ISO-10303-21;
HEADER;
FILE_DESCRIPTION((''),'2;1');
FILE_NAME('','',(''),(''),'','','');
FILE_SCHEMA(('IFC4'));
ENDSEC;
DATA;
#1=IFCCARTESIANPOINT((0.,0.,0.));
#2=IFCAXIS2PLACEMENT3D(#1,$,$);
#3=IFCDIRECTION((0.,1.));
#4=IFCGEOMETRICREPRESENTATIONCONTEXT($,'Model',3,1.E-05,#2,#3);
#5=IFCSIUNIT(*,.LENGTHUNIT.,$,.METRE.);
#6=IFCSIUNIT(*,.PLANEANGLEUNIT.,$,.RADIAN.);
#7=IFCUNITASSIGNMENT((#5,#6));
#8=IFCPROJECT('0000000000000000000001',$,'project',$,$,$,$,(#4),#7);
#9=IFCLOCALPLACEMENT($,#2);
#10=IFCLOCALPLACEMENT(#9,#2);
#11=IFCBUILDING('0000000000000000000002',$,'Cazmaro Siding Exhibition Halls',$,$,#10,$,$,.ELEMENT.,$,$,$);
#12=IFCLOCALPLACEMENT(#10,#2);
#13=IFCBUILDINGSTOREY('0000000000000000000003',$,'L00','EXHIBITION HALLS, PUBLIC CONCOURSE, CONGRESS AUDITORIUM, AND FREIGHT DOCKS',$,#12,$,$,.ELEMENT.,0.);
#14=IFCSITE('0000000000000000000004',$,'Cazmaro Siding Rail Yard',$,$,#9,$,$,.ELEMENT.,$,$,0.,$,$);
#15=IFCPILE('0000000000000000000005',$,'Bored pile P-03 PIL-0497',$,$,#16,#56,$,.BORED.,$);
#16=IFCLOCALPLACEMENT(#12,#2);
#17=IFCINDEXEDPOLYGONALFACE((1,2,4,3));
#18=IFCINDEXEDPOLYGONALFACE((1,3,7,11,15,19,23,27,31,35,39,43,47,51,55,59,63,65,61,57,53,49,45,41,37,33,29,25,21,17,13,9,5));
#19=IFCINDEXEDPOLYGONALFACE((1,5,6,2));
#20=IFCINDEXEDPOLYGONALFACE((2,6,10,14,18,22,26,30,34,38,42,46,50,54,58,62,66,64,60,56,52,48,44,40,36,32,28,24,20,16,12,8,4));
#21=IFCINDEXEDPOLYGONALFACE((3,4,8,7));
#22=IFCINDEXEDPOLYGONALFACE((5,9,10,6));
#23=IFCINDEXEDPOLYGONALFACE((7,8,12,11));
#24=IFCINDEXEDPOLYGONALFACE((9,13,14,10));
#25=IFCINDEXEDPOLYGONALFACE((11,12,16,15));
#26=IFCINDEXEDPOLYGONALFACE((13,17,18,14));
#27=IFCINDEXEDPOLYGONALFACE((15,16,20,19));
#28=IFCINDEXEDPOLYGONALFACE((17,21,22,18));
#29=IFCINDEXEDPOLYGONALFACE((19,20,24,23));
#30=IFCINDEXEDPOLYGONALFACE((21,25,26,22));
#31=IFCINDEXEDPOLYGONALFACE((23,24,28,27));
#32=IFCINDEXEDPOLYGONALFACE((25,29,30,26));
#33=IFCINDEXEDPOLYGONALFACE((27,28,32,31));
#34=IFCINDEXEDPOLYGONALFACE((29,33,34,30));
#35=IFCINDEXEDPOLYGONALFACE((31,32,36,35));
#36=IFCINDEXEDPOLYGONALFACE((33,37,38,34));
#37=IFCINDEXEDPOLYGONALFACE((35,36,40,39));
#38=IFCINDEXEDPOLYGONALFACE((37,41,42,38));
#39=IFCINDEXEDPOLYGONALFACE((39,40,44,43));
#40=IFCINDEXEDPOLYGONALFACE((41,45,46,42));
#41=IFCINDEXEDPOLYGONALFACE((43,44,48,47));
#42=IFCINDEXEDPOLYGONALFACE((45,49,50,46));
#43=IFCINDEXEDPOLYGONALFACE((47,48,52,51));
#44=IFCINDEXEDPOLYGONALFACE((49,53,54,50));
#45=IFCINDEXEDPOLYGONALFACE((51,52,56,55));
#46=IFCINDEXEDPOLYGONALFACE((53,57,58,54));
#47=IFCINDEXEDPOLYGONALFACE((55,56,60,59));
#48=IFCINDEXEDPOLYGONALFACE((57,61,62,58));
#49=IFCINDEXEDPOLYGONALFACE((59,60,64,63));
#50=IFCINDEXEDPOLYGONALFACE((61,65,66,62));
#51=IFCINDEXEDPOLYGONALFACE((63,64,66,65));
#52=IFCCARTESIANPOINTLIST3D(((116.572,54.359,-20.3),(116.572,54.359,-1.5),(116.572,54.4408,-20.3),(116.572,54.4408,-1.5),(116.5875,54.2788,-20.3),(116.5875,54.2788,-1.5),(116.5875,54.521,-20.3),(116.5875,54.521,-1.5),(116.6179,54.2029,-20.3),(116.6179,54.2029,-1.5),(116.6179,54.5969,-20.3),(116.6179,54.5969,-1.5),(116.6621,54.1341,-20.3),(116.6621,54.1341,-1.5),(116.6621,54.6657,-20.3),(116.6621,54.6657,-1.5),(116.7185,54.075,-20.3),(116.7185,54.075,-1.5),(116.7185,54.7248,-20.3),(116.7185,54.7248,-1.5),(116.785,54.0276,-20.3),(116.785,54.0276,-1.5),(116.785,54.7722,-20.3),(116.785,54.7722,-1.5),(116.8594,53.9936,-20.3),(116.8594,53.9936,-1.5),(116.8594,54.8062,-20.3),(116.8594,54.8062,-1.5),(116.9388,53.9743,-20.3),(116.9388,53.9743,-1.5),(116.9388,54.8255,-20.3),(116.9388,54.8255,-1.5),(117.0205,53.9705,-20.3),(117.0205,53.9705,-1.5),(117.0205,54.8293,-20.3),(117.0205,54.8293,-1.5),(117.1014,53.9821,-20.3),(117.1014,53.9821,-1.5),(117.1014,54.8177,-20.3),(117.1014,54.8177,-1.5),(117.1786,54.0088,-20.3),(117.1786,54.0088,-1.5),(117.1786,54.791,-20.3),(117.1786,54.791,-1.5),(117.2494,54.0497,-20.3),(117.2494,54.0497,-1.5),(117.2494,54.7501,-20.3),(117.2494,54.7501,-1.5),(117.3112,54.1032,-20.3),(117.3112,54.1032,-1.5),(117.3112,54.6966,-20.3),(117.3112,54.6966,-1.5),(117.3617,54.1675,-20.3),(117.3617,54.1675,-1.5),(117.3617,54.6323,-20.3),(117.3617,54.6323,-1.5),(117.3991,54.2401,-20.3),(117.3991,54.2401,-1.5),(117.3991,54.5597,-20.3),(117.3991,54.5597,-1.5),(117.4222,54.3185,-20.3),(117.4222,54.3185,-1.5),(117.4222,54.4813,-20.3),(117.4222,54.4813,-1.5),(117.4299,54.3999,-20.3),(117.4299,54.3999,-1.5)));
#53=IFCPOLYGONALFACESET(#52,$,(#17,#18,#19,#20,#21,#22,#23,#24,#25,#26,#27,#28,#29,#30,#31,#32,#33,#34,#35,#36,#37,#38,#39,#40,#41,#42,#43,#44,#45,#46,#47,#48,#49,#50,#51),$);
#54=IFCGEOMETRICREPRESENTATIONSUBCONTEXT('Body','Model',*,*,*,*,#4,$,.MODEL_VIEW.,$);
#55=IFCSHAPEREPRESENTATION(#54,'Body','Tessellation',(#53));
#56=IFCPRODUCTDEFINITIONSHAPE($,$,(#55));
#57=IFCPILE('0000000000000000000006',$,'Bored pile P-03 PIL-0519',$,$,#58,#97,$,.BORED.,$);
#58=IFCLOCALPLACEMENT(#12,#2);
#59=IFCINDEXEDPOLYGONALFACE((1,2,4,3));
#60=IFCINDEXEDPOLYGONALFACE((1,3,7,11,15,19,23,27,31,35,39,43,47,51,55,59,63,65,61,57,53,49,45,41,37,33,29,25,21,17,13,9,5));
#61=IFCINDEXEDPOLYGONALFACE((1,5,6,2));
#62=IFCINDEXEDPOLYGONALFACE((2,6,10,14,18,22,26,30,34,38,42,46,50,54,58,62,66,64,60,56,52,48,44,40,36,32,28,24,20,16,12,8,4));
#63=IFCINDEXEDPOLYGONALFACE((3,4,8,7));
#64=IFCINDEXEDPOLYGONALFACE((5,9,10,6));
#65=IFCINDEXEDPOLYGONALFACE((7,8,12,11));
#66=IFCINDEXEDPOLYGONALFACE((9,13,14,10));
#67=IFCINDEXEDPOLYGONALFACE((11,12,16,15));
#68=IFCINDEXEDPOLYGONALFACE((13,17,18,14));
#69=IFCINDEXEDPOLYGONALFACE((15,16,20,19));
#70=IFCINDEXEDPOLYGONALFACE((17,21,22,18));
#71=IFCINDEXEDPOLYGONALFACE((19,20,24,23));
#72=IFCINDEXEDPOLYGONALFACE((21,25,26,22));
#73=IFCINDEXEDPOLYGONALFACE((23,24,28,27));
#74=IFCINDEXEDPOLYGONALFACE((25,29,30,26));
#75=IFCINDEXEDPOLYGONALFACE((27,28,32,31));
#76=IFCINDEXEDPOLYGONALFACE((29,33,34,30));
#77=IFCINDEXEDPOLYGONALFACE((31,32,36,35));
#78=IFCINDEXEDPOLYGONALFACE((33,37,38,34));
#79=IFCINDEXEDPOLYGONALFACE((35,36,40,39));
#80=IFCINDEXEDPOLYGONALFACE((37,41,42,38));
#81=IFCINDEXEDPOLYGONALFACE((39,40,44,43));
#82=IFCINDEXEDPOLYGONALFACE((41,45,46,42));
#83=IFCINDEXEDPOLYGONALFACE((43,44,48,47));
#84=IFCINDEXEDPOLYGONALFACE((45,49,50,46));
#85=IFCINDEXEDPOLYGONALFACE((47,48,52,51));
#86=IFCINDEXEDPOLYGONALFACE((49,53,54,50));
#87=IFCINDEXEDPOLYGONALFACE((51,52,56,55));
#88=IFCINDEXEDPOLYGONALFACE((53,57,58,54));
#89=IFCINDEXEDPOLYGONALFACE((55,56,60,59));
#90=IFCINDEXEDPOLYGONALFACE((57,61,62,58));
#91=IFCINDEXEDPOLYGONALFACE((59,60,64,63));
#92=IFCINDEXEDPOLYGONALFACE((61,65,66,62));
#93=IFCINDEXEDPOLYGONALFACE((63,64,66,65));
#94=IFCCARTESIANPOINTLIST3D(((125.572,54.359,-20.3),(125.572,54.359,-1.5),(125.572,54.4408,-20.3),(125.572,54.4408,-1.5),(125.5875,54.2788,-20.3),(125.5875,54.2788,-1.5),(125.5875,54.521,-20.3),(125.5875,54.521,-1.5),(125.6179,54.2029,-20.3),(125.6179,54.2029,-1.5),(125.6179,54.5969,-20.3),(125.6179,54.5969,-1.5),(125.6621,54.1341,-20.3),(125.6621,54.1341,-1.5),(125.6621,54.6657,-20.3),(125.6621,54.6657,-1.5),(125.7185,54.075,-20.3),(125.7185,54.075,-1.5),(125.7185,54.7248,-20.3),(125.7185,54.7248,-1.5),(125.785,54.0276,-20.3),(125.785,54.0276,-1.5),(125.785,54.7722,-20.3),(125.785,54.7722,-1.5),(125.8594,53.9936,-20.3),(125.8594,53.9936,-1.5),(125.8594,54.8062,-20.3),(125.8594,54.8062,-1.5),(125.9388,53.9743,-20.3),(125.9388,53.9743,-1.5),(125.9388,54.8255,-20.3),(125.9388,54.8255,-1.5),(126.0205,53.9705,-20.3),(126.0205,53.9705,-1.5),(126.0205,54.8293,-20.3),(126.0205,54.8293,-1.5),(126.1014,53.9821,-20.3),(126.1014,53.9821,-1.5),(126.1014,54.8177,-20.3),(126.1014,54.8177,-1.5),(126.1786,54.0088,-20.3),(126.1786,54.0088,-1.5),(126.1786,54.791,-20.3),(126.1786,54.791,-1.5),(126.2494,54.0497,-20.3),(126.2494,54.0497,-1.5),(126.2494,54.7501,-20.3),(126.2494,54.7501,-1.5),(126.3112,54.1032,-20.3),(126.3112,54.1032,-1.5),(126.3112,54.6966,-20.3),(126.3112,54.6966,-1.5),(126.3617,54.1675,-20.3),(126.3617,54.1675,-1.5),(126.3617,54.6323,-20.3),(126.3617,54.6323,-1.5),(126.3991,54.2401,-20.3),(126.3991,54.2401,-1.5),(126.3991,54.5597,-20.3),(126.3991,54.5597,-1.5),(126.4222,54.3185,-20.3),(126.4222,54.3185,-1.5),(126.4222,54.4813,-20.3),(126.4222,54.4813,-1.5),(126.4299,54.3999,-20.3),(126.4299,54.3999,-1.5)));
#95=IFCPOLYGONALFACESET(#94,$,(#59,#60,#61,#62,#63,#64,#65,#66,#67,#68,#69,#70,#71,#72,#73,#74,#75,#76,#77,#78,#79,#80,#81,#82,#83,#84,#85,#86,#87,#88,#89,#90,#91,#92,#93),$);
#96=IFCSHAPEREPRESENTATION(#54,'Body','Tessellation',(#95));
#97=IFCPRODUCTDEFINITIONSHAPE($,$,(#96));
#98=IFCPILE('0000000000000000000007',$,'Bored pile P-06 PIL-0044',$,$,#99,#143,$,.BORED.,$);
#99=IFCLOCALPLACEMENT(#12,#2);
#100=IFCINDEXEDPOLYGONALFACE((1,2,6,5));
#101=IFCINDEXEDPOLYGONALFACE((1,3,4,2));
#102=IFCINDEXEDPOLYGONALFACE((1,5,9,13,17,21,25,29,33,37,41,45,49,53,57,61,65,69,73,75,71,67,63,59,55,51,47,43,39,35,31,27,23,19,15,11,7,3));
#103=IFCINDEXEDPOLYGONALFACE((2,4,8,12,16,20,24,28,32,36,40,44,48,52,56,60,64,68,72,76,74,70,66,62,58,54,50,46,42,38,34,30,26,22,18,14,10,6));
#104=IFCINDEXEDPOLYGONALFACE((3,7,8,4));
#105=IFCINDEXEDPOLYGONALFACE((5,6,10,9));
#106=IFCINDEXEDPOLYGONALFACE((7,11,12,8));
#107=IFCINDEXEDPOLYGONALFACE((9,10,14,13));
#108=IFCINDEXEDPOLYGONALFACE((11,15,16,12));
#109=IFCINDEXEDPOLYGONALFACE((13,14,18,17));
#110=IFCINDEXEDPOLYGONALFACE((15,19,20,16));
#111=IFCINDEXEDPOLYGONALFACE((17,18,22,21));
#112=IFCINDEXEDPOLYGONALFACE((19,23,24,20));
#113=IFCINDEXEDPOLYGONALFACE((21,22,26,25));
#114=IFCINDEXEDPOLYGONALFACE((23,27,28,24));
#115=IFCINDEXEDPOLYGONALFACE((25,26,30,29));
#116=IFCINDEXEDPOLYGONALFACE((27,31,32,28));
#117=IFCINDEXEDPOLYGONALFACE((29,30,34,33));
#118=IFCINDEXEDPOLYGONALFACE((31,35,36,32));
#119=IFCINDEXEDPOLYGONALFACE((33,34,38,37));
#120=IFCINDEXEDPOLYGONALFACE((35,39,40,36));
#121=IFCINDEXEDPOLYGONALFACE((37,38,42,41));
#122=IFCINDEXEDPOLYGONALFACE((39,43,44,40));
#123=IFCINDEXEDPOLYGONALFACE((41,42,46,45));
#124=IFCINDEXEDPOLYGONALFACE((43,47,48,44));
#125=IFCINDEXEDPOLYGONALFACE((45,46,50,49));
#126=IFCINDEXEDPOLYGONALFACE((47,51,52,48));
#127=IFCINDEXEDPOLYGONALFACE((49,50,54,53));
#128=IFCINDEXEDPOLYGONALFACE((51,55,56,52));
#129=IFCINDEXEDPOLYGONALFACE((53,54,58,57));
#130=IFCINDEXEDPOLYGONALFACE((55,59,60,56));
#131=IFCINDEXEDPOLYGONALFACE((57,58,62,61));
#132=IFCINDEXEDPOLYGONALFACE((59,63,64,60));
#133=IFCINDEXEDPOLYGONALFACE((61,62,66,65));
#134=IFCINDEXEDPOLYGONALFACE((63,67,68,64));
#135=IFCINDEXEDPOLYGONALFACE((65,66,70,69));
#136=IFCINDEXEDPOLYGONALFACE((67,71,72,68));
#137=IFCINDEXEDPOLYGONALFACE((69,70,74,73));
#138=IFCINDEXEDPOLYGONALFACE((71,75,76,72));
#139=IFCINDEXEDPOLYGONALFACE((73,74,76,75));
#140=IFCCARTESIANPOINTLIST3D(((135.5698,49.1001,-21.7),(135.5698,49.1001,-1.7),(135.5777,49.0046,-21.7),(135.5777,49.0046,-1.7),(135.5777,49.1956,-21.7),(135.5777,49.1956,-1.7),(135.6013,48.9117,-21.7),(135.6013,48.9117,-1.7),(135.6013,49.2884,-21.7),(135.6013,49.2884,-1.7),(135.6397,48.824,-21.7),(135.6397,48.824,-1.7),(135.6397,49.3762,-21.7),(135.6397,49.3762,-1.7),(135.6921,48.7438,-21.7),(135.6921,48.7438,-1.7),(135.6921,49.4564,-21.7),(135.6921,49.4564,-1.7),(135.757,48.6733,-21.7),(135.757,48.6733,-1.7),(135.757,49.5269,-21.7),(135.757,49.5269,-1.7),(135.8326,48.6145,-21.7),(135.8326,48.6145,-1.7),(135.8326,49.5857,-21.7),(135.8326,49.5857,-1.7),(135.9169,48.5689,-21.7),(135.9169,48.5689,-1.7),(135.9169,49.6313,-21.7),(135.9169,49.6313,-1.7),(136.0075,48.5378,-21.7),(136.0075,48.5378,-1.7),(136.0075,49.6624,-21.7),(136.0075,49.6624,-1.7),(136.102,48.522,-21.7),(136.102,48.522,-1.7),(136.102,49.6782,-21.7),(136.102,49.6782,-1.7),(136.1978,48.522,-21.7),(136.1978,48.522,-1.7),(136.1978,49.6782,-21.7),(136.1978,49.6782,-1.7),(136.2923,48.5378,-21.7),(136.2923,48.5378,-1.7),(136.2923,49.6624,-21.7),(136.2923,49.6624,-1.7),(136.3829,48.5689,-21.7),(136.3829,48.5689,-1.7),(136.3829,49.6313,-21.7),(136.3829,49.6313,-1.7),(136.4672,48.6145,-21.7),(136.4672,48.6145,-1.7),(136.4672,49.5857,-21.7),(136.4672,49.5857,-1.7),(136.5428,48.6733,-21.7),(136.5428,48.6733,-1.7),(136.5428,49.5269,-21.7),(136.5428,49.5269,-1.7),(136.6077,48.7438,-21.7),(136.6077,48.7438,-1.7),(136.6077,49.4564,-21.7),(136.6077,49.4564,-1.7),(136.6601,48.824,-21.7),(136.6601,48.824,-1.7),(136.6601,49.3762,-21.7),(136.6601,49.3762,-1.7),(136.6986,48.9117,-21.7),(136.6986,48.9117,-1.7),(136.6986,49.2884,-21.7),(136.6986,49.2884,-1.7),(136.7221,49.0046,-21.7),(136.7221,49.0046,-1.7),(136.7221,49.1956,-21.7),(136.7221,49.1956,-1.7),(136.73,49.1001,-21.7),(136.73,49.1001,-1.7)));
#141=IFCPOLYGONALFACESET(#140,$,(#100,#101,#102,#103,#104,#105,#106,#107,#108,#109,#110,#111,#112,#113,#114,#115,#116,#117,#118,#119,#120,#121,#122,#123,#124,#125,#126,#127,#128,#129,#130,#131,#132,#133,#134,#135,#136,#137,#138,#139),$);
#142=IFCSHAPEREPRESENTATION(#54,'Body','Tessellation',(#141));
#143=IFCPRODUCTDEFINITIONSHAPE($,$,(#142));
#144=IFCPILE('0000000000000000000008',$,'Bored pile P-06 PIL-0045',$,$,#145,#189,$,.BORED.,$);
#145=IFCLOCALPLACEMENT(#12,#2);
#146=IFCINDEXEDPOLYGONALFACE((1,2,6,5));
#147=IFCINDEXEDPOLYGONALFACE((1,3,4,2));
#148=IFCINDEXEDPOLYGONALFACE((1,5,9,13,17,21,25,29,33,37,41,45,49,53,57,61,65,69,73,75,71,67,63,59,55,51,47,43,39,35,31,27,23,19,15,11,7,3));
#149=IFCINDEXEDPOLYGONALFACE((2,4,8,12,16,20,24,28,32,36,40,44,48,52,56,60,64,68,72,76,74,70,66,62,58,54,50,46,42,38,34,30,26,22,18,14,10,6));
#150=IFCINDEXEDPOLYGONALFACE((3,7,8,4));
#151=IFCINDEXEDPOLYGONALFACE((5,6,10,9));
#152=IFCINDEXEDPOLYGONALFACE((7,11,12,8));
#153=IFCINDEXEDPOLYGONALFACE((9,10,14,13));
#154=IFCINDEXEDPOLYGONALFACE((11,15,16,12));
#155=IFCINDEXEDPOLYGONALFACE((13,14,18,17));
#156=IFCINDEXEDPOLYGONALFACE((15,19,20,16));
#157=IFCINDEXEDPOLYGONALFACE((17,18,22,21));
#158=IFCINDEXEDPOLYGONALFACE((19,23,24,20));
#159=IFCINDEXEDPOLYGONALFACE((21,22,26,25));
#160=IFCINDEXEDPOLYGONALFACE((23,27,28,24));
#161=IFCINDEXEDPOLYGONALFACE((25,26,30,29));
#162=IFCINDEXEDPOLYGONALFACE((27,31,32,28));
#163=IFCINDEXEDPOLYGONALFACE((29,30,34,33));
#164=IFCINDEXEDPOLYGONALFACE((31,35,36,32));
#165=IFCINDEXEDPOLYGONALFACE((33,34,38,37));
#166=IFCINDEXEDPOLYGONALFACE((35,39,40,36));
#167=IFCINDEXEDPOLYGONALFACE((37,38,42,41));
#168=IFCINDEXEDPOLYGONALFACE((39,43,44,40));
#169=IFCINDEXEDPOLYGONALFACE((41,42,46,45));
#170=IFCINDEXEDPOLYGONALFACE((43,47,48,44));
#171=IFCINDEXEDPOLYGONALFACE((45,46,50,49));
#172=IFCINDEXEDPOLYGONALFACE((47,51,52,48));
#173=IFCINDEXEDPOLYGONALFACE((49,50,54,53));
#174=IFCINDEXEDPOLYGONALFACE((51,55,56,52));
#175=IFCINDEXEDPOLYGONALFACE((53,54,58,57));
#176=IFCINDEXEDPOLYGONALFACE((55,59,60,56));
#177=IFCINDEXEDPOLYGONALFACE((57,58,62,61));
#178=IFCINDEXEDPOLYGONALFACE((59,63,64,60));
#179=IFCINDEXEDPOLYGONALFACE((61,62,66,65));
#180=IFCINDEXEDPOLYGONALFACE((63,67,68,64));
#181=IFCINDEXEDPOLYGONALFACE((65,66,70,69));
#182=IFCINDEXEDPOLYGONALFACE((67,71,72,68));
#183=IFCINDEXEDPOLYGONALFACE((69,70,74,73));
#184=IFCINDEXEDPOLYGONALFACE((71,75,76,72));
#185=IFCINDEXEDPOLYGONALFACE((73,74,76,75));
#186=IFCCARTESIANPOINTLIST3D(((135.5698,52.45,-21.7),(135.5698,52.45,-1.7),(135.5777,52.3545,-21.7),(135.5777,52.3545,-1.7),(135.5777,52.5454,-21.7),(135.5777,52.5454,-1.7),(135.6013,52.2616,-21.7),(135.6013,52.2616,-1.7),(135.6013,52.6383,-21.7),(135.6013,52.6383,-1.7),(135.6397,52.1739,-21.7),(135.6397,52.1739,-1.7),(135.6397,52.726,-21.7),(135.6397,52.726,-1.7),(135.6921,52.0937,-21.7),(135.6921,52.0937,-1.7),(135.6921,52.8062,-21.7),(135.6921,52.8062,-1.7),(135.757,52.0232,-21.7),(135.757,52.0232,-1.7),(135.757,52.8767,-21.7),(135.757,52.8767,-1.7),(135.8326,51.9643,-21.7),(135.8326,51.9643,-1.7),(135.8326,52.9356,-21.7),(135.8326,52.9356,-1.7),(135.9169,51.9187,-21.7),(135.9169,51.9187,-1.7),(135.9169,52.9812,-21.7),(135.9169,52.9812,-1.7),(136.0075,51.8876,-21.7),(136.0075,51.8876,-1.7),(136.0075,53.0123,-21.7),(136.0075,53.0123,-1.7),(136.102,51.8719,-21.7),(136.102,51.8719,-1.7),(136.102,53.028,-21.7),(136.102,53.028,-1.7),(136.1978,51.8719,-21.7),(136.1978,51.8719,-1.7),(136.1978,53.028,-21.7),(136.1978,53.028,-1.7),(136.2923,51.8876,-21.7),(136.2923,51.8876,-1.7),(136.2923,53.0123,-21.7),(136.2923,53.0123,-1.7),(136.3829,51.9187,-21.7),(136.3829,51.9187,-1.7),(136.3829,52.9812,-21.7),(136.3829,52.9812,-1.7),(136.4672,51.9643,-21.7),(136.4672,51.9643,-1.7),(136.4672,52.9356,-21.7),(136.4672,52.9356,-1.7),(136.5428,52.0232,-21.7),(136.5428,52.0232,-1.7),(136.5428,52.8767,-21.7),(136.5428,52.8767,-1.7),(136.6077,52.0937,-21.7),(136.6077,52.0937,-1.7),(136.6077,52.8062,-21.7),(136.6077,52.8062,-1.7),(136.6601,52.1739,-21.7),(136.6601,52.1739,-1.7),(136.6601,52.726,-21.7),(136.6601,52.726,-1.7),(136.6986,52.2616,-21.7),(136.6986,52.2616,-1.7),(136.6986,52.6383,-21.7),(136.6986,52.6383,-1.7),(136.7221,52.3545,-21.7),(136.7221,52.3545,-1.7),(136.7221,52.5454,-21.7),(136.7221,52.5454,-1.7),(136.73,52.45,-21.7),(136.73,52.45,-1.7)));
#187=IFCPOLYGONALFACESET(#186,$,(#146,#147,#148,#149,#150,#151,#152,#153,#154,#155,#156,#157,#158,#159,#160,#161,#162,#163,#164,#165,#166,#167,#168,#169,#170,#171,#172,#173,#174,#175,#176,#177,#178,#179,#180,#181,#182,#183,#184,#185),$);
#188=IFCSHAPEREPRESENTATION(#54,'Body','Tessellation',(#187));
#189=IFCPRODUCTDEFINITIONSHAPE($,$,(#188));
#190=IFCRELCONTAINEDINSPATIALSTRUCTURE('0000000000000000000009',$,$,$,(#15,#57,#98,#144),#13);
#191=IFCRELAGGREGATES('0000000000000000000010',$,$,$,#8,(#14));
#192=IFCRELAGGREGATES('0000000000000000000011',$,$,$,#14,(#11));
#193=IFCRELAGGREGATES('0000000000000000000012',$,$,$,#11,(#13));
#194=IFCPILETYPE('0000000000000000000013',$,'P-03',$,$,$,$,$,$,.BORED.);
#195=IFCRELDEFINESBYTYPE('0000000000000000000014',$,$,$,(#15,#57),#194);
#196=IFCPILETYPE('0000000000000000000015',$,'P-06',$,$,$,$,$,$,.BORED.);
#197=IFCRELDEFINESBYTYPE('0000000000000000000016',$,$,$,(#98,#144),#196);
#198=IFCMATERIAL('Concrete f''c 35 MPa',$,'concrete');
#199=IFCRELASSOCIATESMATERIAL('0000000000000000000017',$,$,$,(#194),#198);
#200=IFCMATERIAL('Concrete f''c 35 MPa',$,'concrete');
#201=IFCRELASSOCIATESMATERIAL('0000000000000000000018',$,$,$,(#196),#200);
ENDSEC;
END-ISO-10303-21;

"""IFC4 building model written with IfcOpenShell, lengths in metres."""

from ifc_helpers import new_model, si_unit, direction, frame, origin, origin_2d, place, context, subcontext, project, spatial, circle, extrude, material, material_profile, profile_set, type_object, element, save


model = new_model("IFC4")

# Units and contexts
model_context = context("Model", 3, precision=1e-05, world=origin(), true_north=direction((0.0, 1.0)))
body_context = subcontext(model_context, "Body", "Model", "MODEL_VIEW")
ifc_project = project(units=[si_unit("LENGTHUNIT", "METRE"), si_unit("PLANEANGLEUNIT", "RADIAN")], contexts=[model_context])

# Site, building, storey
site_placement = place(None, origin())
site = spatial("IfcSite", under=ifc_project, at=site_placement, Name="Cazmaro Siding Rail Yard", CompositionType="ELEMENT", RefElevation=0.0)
building_placement = place(site_placement, origin())
building = spatial("IfcBuilding", under=site, at=building_placement, Name="Cazmaro Siding Exhibition Halls", CompositionType="ELEMENT")
storey_placement = place(building_placement, origin())
storey = spatial("IfcBuildingStorey", under=building, at=storey_placement, Name="L00", Description="EXHIBITION HALLS, PUBLIC CONCOURSE, CONGRESS AUDITORIUM, AND FREIGHT DOCKS", CompositionType="ELEMENT", Elevation=0.0)

# Piles
ifc_material_1 = material(Name="Concrete f'c 35 MPa", Category="concrete")
ifc_material_profile_1 = material_profile(ifc_material_1, circle(Radius=0.4299, at=origin_2d()), Name="CIDH-860")
ifc_profile_set_1 = profile_set([ifc_material_profile_1], Name="Concrete f'c 35 MPa")
pile_type_1 = type_object("IfcPileType", Name="P-03", PredefinedType="BORED", material=ifc_profile_set_1)
for number, where, z_axis, x_axis, name in (
    (1, (117.0, 54.3999, -1.5), (0.0, 0.0, -1.0), (1.0, 0.0, 0.0), "Bored pile P-03 PIL-0497"),
    (2, (126.0, 54.3999, -1.5), (0.0, 0.0, -1.0), (1.0, 0.0, 0.0), "Bored pile P-03 PIL-0519"),
):
    element("IfcPile", number, at=place(storey_placement, frame(where, z_axis=z_axis, x_axis=x_axis)), inside=storey, type_object=pile_type_1, Name=name, PredefinedType="BORED", context=body_context, shape_type="SweptSolid", body=[
        extrude(circle(Radius=0.4299, at=origin_2d()), origin(), (0.0, 0.0, 1.0), 18.8),
    ])
ifc_material_2 = material(Name="Concrete f'c 35 MPa", Category="concrete")
ifc_material_profile_2 = material_profile(ifc_material_2, circle(Radius=0.5801, at=origin_2d()), Name="CIDH-1160")
ifc_profile_set_2 = profile_set([ifc_material_profile_2], Name="Concrete f'c 35 MPa")
pile_type_2 = type_object("IfcPileType", Name="P-06", PredefinedType="BORED", material=ifc_profile_set_2)
for number, where, z_axis, x_axis, name in (
    (3, (136.1499, 49.1001, -1.7), (0.0, 0.0, -1.0), (1.0, 0.0, 0.0), "Bored pile P-06 PIL-0044"),
    (4, (136.1499, 52.45, -1.7), (0.0, 0.0, -1.0), (1.0, 0.0, 0.0), "Bored pile P-06 PIL-0045"),
):
    element("IfcPile", number, at=place(storey_placement, frame(where, z_axis=z_axis, x_axis=x_axis)), inside=storey, type_object=pile_type_2, Name=name, PredefinedType="BORED", context=body_context, shape_type="SweptSolid", body=[
        extrude(circle(Radius=0.5801, at=origin_2d()), origin(), (0.0, 0.0, 1.0), 20.0),
    ])

save(model, "model.ifc")
